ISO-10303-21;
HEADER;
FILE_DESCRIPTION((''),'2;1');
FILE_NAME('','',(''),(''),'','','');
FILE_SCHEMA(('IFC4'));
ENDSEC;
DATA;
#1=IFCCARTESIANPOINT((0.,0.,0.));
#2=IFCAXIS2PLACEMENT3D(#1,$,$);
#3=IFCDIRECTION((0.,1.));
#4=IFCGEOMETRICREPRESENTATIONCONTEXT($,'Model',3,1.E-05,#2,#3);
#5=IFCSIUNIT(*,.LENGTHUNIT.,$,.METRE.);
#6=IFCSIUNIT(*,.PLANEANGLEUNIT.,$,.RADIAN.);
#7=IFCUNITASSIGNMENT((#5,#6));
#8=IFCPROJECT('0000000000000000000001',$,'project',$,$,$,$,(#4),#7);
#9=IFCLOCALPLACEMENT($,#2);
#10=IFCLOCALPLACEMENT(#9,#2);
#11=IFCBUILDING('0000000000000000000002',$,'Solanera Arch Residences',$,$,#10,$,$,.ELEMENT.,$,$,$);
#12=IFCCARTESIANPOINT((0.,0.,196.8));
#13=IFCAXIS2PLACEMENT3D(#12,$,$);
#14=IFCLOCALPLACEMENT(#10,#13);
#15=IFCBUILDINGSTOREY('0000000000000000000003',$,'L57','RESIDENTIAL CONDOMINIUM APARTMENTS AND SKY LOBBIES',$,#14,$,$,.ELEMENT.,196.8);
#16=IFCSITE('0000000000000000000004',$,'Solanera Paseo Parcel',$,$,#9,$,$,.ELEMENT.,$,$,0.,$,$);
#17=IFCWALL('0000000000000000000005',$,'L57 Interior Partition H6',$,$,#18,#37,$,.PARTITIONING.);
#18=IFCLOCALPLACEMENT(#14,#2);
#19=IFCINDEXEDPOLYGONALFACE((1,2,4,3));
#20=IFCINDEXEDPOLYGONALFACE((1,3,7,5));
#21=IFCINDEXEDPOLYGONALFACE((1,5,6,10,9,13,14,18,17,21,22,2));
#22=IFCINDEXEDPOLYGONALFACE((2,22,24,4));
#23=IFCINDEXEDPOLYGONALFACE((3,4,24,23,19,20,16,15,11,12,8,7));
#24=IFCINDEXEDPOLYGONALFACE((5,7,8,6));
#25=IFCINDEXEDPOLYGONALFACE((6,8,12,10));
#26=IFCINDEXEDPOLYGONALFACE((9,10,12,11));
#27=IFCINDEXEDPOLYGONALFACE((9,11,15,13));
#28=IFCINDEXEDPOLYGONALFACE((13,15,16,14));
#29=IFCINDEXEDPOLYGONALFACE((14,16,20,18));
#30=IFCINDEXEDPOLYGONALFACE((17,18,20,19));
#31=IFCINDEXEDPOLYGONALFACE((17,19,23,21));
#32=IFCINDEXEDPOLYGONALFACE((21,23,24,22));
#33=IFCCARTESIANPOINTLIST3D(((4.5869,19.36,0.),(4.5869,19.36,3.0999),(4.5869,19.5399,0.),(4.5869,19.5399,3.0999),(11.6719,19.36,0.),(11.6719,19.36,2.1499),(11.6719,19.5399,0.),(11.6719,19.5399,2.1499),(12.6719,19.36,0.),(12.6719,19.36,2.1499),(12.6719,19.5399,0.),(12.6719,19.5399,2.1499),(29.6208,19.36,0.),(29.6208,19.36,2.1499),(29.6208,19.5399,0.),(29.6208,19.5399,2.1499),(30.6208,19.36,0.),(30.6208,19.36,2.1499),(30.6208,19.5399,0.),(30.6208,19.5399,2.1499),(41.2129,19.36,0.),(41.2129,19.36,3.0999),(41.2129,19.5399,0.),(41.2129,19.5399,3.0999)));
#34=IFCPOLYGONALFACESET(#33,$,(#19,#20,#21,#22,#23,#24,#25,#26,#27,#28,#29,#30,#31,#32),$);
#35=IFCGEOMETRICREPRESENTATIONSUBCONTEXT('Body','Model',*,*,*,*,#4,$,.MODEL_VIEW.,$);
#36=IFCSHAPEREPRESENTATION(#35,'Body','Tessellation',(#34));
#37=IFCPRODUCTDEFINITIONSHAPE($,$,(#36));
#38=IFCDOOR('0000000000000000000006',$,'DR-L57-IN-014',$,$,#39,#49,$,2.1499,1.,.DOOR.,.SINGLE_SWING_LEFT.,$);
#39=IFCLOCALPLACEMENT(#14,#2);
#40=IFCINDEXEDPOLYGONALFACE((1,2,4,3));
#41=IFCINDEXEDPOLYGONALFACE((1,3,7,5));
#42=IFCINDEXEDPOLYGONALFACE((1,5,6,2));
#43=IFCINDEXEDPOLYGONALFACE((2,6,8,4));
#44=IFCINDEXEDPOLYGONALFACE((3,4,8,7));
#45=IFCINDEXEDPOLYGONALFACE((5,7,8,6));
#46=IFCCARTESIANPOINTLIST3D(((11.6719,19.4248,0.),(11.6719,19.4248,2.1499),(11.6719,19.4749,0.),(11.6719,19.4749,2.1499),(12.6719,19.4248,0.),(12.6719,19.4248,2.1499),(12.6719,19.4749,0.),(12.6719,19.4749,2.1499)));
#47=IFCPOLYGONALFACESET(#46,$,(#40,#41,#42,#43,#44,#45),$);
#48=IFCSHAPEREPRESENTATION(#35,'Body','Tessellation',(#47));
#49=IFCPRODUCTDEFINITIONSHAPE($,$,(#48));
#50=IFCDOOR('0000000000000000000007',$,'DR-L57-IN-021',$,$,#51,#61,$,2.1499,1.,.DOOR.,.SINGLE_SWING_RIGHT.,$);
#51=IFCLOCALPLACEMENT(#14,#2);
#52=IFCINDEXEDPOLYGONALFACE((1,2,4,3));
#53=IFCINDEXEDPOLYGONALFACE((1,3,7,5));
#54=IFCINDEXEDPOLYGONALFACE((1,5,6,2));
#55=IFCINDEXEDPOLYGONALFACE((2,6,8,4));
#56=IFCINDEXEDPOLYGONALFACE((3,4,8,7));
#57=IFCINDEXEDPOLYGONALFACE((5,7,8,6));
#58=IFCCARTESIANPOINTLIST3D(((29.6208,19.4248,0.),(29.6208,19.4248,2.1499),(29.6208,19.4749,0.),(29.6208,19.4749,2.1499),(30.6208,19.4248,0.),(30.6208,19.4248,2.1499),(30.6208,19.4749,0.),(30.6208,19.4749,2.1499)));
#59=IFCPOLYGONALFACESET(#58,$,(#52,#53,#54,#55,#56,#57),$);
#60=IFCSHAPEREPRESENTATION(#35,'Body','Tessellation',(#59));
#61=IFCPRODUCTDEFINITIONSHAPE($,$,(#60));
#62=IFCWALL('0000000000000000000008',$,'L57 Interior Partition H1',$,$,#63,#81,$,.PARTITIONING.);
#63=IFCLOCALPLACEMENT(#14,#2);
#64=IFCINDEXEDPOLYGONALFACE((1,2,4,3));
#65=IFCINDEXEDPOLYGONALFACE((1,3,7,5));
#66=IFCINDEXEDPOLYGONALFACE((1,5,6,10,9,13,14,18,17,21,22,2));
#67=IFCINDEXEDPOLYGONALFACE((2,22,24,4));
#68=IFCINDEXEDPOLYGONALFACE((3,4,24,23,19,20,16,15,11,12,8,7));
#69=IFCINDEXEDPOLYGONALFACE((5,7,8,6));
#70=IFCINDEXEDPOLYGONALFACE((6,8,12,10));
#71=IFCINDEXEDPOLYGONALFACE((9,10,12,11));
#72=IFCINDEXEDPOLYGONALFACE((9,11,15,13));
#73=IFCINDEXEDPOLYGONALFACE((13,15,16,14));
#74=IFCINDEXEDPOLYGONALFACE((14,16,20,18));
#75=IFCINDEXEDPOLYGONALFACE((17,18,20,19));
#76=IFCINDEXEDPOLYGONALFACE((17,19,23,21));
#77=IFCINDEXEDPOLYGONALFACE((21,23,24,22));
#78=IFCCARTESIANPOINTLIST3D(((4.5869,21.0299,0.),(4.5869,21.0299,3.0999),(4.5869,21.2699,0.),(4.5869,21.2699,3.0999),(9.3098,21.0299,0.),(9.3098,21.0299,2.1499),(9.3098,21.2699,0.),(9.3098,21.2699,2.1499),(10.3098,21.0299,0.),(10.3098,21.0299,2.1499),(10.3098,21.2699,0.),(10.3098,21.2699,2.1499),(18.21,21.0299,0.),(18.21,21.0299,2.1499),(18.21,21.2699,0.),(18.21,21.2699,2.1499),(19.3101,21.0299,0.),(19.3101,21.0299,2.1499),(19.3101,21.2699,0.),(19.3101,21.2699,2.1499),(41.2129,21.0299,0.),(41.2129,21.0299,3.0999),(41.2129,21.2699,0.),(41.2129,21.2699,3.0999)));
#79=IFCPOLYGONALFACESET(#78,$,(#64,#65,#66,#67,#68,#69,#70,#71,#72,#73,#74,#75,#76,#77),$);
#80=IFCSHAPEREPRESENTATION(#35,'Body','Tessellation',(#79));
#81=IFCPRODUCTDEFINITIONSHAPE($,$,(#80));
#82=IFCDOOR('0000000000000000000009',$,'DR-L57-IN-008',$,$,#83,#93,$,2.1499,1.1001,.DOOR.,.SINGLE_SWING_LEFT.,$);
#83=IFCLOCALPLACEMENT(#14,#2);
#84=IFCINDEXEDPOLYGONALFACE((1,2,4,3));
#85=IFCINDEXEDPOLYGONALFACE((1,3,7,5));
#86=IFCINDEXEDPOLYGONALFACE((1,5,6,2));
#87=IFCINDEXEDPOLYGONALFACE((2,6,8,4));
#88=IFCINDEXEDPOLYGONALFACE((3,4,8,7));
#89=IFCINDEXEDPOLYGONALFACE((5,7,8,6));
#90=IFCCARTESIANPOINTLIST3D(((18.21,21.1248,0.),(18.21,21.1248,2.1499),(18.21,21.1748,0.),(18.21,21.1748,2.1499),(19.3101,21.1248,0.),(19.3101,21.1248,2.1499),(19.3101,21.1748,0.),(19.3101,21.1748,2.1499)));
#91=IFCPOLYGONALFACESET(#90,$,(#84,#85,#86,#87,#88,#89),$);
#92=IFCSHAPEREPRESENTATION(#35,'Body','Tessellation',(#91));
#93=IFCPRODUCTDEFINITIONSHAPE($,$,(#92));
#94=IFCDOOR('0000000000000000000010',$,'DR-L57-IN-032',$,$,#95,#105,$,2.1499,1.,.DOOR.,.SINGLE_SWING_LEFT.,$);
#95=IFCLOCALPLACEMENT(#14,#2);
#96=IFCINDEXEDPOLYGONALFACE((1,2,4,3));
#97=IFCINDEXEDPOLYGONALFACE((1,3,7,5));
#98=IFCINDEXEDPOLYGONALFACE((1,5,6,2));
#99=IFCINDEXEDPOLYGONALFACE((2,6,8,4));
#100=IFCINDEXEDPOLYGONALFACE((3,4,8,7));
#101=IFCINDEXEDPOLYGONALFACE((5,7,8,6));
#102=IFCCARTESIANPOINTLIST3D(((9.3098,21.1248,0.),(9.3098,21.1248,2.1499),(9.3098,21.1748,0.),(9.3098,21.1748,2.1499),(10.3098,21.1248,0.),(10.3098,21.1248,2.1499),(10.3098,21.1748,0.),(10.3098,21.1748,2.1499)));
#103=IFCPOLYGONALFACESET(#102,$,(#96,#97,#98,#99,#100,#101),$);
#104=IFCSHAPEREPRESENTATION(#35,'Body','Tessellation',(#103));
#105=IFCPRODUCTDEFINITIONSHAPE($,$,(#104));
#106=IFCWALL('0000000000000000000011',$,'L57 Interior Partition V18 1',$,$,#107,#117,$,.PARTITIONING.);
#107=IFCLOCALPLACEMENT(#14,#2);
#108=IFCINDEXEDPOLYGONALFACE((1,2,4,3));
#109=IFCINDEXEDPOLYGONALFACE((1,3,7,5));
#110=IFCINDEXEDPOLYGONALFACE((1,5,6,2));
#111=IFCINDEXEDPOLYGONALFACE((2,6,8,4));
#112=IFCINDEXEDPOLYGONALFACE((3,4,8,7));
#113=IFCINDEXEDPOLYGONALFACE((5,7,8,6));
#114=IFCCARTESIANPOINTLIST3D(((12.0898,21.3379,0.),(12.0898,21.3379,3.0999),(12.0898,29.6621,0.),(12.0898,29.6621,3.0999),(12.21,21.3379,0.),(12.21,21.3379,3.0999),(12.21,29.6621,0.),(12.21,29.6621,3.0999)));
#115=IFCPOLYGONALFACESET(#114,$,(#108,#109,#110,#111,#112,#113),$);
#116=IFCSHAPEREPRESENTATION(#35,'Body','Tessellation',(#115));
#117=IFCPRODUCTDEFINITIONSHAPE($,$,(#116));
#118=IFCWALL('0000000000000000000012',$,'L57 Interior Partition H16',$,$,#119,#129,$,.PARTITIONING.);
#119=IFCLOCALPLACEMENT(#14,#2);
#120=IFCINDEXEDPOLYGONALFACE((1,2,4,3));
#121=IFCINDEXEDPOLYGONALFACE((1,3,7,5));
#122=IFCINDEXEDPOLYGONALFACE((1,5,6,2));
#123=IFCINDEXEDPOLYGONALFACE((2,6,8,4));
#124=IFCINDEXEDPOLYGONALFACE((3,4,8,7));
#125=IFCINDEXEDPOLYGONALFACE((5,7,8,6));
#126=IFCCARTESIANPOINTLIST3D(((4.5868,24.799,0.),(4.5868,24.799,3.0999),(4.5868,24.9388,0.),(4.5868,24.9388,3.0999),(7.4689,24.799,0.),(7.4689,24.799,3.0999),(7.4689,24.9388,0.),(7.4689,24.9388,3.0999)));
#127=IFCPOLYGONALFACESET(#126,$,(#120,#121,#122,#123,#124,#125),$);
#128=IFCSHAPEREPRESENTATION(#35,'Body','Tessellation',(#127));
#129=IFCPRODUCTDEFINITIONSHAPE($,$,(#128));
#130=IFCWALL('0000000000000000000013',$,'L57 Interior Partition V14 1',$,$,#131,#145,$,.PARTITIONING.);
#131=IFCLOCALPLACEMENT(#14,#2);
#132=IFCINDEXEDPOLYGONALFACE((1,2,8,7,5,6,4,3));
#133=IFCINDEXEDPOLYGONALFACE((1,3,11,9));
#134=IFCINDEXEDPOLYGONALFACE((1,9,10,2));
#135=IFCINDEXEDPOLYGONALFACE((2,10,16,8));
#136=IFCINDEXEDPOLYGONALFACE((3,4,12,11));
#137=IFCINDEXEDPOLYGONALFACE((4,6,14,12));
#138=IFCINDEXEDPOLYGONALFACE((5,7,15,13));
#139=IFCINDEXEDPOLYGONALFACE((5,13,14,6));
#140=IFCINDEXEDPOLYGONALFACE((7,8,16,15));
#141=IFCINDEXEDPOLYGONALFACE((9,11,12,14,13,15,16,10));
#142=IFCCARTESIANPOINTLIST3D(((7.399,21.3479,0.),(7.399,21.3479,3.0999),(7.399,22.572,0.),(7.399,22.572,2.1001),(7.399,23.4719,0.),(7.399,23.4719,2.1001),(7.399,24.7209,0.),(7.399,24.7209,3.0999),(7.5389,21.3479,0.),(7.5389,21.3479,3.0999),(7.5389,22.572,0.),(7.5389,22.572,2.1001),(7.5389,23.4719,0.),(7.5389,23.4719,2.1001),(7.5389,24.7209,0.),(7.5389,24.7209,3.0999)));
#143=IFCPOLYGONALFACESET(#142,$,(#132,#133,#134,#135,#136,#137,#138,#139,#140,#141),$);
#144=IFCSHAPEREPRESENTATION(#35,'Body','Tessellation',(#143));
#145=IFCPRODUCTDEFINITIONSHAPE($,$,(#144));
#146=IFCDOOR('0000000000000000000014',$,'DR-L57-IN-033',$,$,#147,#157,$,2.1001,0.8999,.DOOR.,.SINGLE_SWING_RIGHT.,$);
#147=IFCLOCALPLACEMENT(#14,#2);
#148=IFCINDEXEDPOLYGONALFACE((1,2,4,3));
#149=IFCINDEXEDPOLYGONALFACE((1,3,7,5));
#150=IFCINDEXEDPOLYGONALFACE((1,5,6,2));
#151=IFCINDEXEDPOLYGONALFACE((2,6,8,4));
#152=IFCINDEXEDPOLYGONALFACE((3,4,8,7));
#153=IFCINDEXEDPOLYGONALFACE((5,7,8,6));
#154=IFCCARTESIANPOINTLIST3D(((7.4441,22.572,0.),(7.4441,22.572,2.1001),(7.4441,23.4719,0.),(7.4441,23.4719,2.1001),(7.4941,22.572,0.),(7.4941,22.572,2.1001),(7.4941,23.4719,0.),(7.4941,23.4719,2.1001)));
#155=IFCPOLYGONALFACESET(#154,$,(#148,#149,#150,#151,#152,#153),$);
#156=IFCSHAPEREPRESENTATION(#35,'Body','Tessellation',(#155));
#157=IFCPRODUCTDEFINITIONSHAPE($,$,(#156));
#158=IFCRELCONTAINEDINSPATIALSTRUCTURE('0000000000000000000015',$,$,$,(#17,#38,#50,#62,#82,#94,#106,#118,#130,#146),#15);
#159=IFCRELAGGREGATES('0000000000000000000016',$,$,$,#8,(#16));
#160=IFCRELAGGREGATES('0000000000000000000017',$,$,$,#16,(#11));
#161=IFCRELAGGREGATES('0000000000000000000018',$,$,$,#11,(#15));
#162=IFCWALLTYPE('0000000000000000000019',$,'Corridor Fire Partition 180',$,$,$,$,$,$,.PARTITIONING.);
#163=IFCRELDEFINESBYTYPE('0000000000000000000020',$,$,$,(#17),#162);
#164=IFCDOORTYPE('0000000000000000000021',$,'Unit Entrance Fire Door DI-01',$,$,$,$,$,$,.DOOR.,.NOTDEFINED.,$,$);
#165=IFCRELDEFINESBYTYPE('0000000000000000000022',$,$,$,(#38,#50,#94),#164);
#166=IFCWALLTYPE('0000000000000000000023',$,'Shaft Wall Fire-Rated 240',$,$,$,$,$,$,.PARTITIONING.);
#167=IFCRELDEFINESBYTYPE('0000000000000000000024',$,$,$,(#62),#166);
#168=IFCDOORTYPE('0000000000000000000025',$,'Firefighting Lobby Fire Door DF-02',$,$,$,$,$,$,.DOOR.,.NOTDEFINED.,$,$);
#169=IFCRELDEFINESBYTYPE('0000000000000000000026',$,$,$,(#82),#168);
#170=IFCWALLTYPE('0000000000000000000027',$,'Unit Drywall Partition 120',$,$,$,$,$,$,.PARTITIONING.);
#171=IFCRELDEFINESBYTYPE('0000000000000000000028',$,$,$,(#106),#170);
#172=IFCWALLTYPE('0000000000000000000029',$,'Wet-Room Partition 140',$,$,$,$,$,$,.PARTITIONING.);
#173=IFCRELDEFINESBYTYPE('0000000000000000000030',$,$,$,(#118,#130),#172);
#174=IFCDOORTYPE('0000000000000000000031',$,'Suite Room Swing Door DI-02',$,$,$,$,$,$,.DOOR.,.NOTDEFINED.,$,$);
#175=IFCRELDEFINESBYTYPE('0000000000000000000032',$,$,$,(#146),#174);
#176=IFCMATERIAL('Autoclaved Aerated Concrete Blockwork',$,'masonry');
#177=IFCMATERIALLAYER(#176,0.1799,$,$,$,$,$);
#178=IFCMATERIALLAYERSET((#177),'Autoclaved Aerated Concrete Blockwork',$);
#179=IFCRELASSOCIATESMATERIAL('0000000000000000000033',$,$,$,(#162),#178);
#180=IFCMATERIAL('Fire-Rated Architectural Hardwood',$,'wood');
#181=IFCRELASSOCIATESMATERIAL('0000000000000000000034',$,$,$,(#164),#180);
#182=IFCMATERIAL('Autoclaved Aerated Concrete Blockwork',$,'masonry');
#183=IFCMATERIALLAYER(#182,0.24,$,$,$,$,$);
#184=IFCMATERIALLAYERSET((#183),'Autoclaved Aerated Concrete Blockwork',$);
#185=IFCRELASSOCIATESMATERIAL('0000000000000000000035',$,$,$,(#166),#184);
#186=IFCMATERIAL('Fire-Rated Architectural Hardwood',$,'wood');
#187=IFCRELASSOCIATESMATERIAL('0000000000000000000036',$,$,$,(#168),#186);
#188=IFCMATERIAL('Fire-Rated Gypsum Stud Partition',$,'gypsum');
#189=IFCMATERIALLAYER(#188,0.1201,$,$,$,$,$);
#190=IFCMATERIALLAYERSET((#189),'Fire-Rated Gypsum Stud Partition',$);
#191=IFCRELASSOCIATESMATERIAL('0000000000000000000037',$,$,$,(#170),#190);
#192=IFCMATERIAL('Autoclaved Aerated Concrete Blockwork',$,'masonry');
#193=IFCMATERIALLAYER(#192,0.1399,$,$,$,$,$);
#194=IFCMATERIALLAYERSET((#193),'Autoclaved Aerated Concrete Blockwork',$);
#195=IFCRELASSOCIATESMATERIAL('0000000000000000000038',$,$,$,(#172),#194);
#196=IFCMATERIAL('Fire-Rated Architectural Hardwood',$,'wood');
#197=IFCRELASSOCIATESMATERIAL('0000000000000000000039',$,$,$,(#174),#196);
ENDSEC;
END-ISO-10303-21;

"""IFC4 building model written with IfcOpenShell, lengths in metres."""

from ifc_helpers import new_model, si_unit, direction, frame, frame_2d, origin, place, context, subcontext, project, spatial, rectangle, extrude, material, layer, layer_set, type_object, element, fill, save


model = new_model("IFC4")

# Units and contexts
model_context = context("Model", 3, precision=1e-05, world=origin(), true_north=direction((0.0, 1.0)))
body_context = subcontext(model_context, "Body", "Model", "MODEL_VIEW")
ifc_project = project(units=[si_unit("LENGTHUNIT", "METRE"), si_unit("PLANEANGLEUNIT", "RADIAN")], contexts=[model_context])

# Site, building, storey
site_placement = place(None, origin())
site = spatial("IfcSite", under=ifc_project, at=site_placement, Name="Solanera Paseo Parcel", CompositionType="ELEMENT", RefElevation=0.0)
building_placement = place(site_placement, origin())
building = spatial("IfcBuilding", under=site, at=building_placement, Name="Solanera Arch Residences", CompositionType="ELEMENT")
storey_placement = place(building_placement, frame((0.0, 0.0, 196.8)))
storey = spatial("IfcBuildingStorey", under=building, at=storey_placement, Name="L57", Description="RESIDENTIAL CONDOMINIUM APARTMENTS AND SKY LOBBIES", CompositionType="ELEMENT", Elevation=196.8)

# Walls, openings, doors
ifc_material_1 = material(Name="Autoclaved Aerated Concrete Blockwork", Category="masonry")
ifc_layer_1 = layer(ifc_material_1, 0.1799)
ifc_layer_set_1 = layer_set([ifc_layer_1], Name="Autoclaved Aerated Concrete Blockwork")
wall_type_1 = type_object("IfcWallType", Name="Corridor Fire Partition 180", PredefinedType="PARTITIONING", material=ifc_layer_set_1)
wall_1_placement = place(storey_placement, frame((4.5869, 19.45, 0.0), z_axis=(0.0, 0.0, 1.0), x_axis=(1.0, 0.0, 0.0)))
wall_1 = element("IfcWall", 1, at=wall_1_placement, inside=storey, type_object=wall_type_1, Name="L57 Interior Partition H6", PredefinedType="PARTITIONING", context=body_context, shape_type="SweptSolid", body=[
    extrude(rectangle(XDim=36.626, YDim=0.1799, at=frame_2d((18.313, 0.0))), origin(), (0.0, 0.0, 1.0), 3.0999),
])
opening_1_placement = place(wall_1_placement, frame((7.085, 0.0, 0.0)))
opening_1 = element("IfcOpeningElement", 2, at=opening_1_placement, cuts=wall_1, PredefinedType="OPENING", context=body_context, shape_type="SweptSolid", body=[
    extrude(rectangle(XDim=1.0, YDim=2.1499, at=frame_2d((0.5, 1.075))), frame((0.0, 0.1001, 0.0), z_axis=(0.0, -1.0, 0.0), x_axis=(1.0, 0.0, 0.0)), (0.0, 0.0, 1.0), 0.1999),
])
opening_2_placement = place(wall_1_placement, frame((25.0339, 0.0, 0.0)))
opening_2 = element("IfcOpeningElement", 3, at=opening_2_placement, cuts=wall_1, PredefinedType="OPENING", context=body_context, shape_type="SweptSolid", body=[
    extrude(rectangle(XDim=1.0, YDim=2.1499, at=frame_2d((0.5, 1.075))), frame((0.0, 0.1001, 0.0), z_axis=(0.0, -1.0, 0.0), x_axis=(1.0, 0.0, 0.0)), (0.0, 0.0, 1.0), 0.1999),
])
ifc_material_2 = material(Name="Fire-Rated Architectural Hardwood", Category="wood")
door_type_1 = type_object("IfcDoorType", Name="Unit Entrance Fire Door DI-01", OperationType="NOTDEFINED", PredefinedType="DOOR", material=ifc_material_2)
door_1_placement = place(opening_1_placement, origin())
door_1 = element("IfcDoor", 4, at=door_1_placement, inside=storey, type_object=door_type_1, Name="DR-L57-IN-014", OperationType="SINGLE_SWING_LEFT", OverallHeight=2.1499, OverallWidth=1.0, PredefinedType="DOOR", context=body_context, shape_type="SweptSolid", body=[
    extrude(rectangle(XDim=1.0, YDim=2.1499, at=frame_2d((0.5, 1.075))), frame((0.0, 0.0249, 0.0), z_axis=(0.0, -1.0, 0.0), x_axis=(1.0, 0.0, 0.0)), (0.0, 0.0, 1.0), 0.05),
])
fill(opening_1, door_1)
door_2_placement = place(opening_2_placement, origin())
door_2 = element("IfcDoor", 5, at=door_2_placement, inside=storey, type_object=door_type_1, Name="DR-L57-IN-021", OperationType="SINGLE_SWING_RIGHT", OverallHeight=2.1499, OverallWidth=1.0, PredefinedType="DOOR", context=body_context, shape_type="SweptSolid", body=[
    extrude(rectangle(XDim=1.0, YDim=2.1499, at=frame_2d((0.5, 1.075))), frame((0.0, 0.0249, 0.0), z_axis=(0.0, -1.0, 0.0), x_axis=(1.0, 0.0, 0.0)), (0.0, 0.0, 1.0), 0.05),
])
fill(opening_2, door_2)
ifc_material_3 = material(Name="Autoclaved Aerated Concrete Blockwork", Category="masonry")
ifc_layer_2 = layer(ifc_material_3, 0.24)
ifc_layer_set_2 = layer_set([ifc_layer_2], Name="Autoclaved Aerated Concrete Blockwork")
wall_type_2 = type_object("IfcWallType", Name="Shaft Wall Fire-Rated 240", PredefinedType="PARTITIONING", material=ifc_layer_set_2)
wall_2_placement = place(storey_placement, frame((4.5869, 21.1499, 0.0), z_axis=(0.0, 0.0, 1.0), x_axis=(1.0, 0.0, 0.0)))
wall_2 = element("IfcWall", 6, at=wall_2_placement, inside=storey, type_object=wall_type_2, Name="L57 Interior Partition H1", PredefinedType="PARTITIONING", context=body_context, shape_type="SweptSolid", body=[
    extrude(rectangle(XDim=36.626, YDim=0.24, at=frame_2d((18.313, 0.0))), origin(), (0.0, 0.0, 1.0), 3.0999),
])
opening_3_placement = place(wall_2_placement, frame((13.623, 0.0, 0.0)))
opening_3 = element("IfcOpeningElement", 7, at=opening_3_placement, cuts=wall_2, PredefinedType="OPENING", context=body_context, shape_type="SweptSolid", body=[
    extrude(rectangle(XDim=1.1001, YDim=2.1499, at=frame_2d((0.55, 1.075))), frame((0.0, 0.1299, 0.0), z_axis=(0.0, -1.0, 0.0), x_axis=(1.0, 0.0, 0.0)), (0.0, 0.0, 1.0), 0.26),
])
opening_4_placement = place(wall_2_placement, frame((4.7229, 0.0, 0.0)))
opening_4 = element("IfcOpeningElement", 8, at=opening_4_placement, cuts=wall_2, PredefinedType="OPENING", context=body_context, shape_type="SweptSolid", body=[
    extrude(rectangle(XDim=1.0, YDim=2.1499, at=frame_2d((0.5, 1.075))), frame((0.0, 0.1299, 0.0), z_axis=(0.0, -1.0, 0.0), x_axis=(1.0, 0.0, 0.0)), (0.0, 0.0, 1.0), 0.26),
])
ifc_material_4 = material(Name="Fire-Rated Architectural Hardwood", Category="wood")
door_type_2 = type_object("IfcDoorType", Name="Firefighting Lobby Fire Door DF-02", OperationType="NOTDEFINED", PredefinedType="DOOR", material=ifc_material_4)
door_3_placement = place(opening_3_placement, origin())
door_3 = element("IfcDoor", 9, at=door_3_placement, inside=storey, type_object=door_type_2, Name="DR-L57-IN-008", OperationType="SINGLE_SWING_LEFT", OverallHeight=2.1499, OverallWidth=1.1001, PredefinedType="DOOR", context=body_context, shape_type="SweptSolid", body=[
    extrude(rectangle(XDim=1.1001, YDim=2.1499, at=frame_2d((0.55, 1.075))), frame((0.0, 0.0249, 0.0), z_axis=(0.0, -1.0, 0.0), x_axis=(1.0, 0.0, 0.0)), (0.0, 0.0, 1.0), 0.05),
])
fill(opening_3, door_3)
door_4_placement = place(opening_4_placement, origin())
door_4 = element("IfcDoor", 10, at=door_4_placement, inside=storey, type_object=door_type_1, Name="DR-L57-IN-032", OperationType="SINGLE_SWING_LEFT", OverallHeight=2.1499, OverallWidth=1.0, PredefinedType="DOOR", context=body_context, shape_type="SweptSolid", body=[
    extrude(rectangle(XDim=1.0, YDim=2.1499, at=frame_2d((0.5, 1.075))), frame((0.0, 0.0249, 0.0), z_axis=(0.0, -1.0, 0.0), x_axis=(1.0, 0.0, 0.0)), (0.0, 0.0, 1.0), 0.05),
])
fill(opening_4, door_4)

# Walls
ifc_material_5 = material(Name="Fire-Rated Gypsum Stud Partition", Category="gypsum")
ifc_layer_3 = layer(ifc_material_5, 0.1201)
ifc_layer_set_3 = layer_set([ifc_layer_3], Name="Fire-Rated Gypsum Stud Partition")
wall_type_3 = type_object("IfcWallType", Name="Unit Drywall Partition 120", PredefinedType="PARTITIONING", material=ifc_layer_set_3)
wall_3_placement = place(storey_placement, frame((12.1499, 21.3379, 0.0), z_axis=(0.0, 0.0, 1.0), x_axis=(0.0, 1.0, 0.0)))
element("IfcWall", 11, at=wall_3_placement, inside=storey, type_object=wall_type_3, Name="L57 Interior Partition V18 1", PredefinedType="PARTITIONING", context=body_context, shape_type="SweptSolid", body=[
    extrude(rectangle(XDim=8.3242, YDim=0.1201, at=frame_2d((4.1621, 0.0))), origin(), (0.0, 0.0, 1.0), 3.0999),
])
ifc_material_6 = material(Name="Autoclaved Aerated Concrete Blockwork", Category="masonry")
ifc_layer_4 = layer(ifc_material_6, 0.1399)
ifc_layer_set_4 = layer_set([ifc_layer_4], Name="Autoclaved Aerated Concrete Blockwork")
wall_type_4 = type_object("IfcWallType", Name="Wet-Room Partition 140", PredefinedType="PARTITIONING", material=ifc_layer_set_4)
wall_4_placement = place(storey_placement, frame((4.5869, 24.8689, 0.0), z_axis=(0.0, 0.0, 1.0), x_axis=(1.0, 0.0, 0.0)))
element("IfcWall", 12, at=wall_4_placement, inside=storey, type_object=wall_type_4, Name="L57 Interior Partition H16", PredefinedType="PARTITIONING", context=body_context, shape_type="SweptSolid", body=[
    extrude(rectangle(XDim=2.8821, YDim=0.1399, at=frame_2d((1.4409, 0.0))), origin(), (0.0, 0.0, 1.0), 3.0999),
])

# Wall, opening, door
wall_5_placement = place(storey_placement, frame((7.469, 21.3479, 0.0), z_axis=(0.0, 0.0, 1.0), x_axis=(0.0, 1.0, 0.0)))
wall_5 = element("IfcWall", 13, at=wall_5_placement, inside=storey, type_object=wall_type_4, Name="L57 Interior Partition V14 1", PredefinedType="PARTITIONING", context=body_context, shape_type="SweptSolid", body=[
    extrude(rectangle(XDim=3.373, YDim=0.1399, at=frame_2d((1.6865, 0.0))), origin(), (0.0, 0.0, 1.0), 3.0999),
])
opening_5_placement = place(wall_5_placement, frame((1.2241, 0.0, 0.0)))
opening_5 = element("IfcOpeningElement", 14, at=opening_5_placement, cuts=wall_5, PredefinedType="OPENING", context=body_context, shape_type="SweptSolid", body=[
    extrude(rectangle(XDim=0.8999, YDim=2.1001, at=frame_2d((0.45, 1.05))), frame((0.0, 0.0798, 0.0), z_axis=(0.0, -1.0, 0.0), x_axis=(1.0, 0.0, 0.0)), (0.0, 0.0, 1.0), 0.1599),
])
ifc_material_7 = material(Name="Fire-Rated Architectural Hardwood", Category="wood")
door_type_3 = type_object("IfcDoorType", Name="Suite Room Swing Door DI-02", OperationType="NOTDEFINED", PredefinedType="DOOR", material=ifc_material_7)
door_5_placement = place(opening_5_placement, origin())
door_5 = element("IfcDoor", 15, at=door_5_placement, inside=storey, type_object=door_type_3, Name="DR-L57-IN-033", OperationType="SINGLE_SWING_RIGHT", OverallHeight=2.1001, OverallWidth=0.8999, PredefinedType="DOOR", context=body_context, shape_type="SweptSolid", body=[
    extrude(rectangle(XDim=0.8999, YDim=2.1001, at=frame_2d((0.45, 1.05))), frame((0.0, 0.0249, 0.0), z_axis=(0.0, -1.0, 0.0), x_axis=(1.0, 0.0, 0.0)), (0.0, 0.0, 1.0), 0.05),
])
fill(opening_5, door_5)

save(model, "model.ifc")
